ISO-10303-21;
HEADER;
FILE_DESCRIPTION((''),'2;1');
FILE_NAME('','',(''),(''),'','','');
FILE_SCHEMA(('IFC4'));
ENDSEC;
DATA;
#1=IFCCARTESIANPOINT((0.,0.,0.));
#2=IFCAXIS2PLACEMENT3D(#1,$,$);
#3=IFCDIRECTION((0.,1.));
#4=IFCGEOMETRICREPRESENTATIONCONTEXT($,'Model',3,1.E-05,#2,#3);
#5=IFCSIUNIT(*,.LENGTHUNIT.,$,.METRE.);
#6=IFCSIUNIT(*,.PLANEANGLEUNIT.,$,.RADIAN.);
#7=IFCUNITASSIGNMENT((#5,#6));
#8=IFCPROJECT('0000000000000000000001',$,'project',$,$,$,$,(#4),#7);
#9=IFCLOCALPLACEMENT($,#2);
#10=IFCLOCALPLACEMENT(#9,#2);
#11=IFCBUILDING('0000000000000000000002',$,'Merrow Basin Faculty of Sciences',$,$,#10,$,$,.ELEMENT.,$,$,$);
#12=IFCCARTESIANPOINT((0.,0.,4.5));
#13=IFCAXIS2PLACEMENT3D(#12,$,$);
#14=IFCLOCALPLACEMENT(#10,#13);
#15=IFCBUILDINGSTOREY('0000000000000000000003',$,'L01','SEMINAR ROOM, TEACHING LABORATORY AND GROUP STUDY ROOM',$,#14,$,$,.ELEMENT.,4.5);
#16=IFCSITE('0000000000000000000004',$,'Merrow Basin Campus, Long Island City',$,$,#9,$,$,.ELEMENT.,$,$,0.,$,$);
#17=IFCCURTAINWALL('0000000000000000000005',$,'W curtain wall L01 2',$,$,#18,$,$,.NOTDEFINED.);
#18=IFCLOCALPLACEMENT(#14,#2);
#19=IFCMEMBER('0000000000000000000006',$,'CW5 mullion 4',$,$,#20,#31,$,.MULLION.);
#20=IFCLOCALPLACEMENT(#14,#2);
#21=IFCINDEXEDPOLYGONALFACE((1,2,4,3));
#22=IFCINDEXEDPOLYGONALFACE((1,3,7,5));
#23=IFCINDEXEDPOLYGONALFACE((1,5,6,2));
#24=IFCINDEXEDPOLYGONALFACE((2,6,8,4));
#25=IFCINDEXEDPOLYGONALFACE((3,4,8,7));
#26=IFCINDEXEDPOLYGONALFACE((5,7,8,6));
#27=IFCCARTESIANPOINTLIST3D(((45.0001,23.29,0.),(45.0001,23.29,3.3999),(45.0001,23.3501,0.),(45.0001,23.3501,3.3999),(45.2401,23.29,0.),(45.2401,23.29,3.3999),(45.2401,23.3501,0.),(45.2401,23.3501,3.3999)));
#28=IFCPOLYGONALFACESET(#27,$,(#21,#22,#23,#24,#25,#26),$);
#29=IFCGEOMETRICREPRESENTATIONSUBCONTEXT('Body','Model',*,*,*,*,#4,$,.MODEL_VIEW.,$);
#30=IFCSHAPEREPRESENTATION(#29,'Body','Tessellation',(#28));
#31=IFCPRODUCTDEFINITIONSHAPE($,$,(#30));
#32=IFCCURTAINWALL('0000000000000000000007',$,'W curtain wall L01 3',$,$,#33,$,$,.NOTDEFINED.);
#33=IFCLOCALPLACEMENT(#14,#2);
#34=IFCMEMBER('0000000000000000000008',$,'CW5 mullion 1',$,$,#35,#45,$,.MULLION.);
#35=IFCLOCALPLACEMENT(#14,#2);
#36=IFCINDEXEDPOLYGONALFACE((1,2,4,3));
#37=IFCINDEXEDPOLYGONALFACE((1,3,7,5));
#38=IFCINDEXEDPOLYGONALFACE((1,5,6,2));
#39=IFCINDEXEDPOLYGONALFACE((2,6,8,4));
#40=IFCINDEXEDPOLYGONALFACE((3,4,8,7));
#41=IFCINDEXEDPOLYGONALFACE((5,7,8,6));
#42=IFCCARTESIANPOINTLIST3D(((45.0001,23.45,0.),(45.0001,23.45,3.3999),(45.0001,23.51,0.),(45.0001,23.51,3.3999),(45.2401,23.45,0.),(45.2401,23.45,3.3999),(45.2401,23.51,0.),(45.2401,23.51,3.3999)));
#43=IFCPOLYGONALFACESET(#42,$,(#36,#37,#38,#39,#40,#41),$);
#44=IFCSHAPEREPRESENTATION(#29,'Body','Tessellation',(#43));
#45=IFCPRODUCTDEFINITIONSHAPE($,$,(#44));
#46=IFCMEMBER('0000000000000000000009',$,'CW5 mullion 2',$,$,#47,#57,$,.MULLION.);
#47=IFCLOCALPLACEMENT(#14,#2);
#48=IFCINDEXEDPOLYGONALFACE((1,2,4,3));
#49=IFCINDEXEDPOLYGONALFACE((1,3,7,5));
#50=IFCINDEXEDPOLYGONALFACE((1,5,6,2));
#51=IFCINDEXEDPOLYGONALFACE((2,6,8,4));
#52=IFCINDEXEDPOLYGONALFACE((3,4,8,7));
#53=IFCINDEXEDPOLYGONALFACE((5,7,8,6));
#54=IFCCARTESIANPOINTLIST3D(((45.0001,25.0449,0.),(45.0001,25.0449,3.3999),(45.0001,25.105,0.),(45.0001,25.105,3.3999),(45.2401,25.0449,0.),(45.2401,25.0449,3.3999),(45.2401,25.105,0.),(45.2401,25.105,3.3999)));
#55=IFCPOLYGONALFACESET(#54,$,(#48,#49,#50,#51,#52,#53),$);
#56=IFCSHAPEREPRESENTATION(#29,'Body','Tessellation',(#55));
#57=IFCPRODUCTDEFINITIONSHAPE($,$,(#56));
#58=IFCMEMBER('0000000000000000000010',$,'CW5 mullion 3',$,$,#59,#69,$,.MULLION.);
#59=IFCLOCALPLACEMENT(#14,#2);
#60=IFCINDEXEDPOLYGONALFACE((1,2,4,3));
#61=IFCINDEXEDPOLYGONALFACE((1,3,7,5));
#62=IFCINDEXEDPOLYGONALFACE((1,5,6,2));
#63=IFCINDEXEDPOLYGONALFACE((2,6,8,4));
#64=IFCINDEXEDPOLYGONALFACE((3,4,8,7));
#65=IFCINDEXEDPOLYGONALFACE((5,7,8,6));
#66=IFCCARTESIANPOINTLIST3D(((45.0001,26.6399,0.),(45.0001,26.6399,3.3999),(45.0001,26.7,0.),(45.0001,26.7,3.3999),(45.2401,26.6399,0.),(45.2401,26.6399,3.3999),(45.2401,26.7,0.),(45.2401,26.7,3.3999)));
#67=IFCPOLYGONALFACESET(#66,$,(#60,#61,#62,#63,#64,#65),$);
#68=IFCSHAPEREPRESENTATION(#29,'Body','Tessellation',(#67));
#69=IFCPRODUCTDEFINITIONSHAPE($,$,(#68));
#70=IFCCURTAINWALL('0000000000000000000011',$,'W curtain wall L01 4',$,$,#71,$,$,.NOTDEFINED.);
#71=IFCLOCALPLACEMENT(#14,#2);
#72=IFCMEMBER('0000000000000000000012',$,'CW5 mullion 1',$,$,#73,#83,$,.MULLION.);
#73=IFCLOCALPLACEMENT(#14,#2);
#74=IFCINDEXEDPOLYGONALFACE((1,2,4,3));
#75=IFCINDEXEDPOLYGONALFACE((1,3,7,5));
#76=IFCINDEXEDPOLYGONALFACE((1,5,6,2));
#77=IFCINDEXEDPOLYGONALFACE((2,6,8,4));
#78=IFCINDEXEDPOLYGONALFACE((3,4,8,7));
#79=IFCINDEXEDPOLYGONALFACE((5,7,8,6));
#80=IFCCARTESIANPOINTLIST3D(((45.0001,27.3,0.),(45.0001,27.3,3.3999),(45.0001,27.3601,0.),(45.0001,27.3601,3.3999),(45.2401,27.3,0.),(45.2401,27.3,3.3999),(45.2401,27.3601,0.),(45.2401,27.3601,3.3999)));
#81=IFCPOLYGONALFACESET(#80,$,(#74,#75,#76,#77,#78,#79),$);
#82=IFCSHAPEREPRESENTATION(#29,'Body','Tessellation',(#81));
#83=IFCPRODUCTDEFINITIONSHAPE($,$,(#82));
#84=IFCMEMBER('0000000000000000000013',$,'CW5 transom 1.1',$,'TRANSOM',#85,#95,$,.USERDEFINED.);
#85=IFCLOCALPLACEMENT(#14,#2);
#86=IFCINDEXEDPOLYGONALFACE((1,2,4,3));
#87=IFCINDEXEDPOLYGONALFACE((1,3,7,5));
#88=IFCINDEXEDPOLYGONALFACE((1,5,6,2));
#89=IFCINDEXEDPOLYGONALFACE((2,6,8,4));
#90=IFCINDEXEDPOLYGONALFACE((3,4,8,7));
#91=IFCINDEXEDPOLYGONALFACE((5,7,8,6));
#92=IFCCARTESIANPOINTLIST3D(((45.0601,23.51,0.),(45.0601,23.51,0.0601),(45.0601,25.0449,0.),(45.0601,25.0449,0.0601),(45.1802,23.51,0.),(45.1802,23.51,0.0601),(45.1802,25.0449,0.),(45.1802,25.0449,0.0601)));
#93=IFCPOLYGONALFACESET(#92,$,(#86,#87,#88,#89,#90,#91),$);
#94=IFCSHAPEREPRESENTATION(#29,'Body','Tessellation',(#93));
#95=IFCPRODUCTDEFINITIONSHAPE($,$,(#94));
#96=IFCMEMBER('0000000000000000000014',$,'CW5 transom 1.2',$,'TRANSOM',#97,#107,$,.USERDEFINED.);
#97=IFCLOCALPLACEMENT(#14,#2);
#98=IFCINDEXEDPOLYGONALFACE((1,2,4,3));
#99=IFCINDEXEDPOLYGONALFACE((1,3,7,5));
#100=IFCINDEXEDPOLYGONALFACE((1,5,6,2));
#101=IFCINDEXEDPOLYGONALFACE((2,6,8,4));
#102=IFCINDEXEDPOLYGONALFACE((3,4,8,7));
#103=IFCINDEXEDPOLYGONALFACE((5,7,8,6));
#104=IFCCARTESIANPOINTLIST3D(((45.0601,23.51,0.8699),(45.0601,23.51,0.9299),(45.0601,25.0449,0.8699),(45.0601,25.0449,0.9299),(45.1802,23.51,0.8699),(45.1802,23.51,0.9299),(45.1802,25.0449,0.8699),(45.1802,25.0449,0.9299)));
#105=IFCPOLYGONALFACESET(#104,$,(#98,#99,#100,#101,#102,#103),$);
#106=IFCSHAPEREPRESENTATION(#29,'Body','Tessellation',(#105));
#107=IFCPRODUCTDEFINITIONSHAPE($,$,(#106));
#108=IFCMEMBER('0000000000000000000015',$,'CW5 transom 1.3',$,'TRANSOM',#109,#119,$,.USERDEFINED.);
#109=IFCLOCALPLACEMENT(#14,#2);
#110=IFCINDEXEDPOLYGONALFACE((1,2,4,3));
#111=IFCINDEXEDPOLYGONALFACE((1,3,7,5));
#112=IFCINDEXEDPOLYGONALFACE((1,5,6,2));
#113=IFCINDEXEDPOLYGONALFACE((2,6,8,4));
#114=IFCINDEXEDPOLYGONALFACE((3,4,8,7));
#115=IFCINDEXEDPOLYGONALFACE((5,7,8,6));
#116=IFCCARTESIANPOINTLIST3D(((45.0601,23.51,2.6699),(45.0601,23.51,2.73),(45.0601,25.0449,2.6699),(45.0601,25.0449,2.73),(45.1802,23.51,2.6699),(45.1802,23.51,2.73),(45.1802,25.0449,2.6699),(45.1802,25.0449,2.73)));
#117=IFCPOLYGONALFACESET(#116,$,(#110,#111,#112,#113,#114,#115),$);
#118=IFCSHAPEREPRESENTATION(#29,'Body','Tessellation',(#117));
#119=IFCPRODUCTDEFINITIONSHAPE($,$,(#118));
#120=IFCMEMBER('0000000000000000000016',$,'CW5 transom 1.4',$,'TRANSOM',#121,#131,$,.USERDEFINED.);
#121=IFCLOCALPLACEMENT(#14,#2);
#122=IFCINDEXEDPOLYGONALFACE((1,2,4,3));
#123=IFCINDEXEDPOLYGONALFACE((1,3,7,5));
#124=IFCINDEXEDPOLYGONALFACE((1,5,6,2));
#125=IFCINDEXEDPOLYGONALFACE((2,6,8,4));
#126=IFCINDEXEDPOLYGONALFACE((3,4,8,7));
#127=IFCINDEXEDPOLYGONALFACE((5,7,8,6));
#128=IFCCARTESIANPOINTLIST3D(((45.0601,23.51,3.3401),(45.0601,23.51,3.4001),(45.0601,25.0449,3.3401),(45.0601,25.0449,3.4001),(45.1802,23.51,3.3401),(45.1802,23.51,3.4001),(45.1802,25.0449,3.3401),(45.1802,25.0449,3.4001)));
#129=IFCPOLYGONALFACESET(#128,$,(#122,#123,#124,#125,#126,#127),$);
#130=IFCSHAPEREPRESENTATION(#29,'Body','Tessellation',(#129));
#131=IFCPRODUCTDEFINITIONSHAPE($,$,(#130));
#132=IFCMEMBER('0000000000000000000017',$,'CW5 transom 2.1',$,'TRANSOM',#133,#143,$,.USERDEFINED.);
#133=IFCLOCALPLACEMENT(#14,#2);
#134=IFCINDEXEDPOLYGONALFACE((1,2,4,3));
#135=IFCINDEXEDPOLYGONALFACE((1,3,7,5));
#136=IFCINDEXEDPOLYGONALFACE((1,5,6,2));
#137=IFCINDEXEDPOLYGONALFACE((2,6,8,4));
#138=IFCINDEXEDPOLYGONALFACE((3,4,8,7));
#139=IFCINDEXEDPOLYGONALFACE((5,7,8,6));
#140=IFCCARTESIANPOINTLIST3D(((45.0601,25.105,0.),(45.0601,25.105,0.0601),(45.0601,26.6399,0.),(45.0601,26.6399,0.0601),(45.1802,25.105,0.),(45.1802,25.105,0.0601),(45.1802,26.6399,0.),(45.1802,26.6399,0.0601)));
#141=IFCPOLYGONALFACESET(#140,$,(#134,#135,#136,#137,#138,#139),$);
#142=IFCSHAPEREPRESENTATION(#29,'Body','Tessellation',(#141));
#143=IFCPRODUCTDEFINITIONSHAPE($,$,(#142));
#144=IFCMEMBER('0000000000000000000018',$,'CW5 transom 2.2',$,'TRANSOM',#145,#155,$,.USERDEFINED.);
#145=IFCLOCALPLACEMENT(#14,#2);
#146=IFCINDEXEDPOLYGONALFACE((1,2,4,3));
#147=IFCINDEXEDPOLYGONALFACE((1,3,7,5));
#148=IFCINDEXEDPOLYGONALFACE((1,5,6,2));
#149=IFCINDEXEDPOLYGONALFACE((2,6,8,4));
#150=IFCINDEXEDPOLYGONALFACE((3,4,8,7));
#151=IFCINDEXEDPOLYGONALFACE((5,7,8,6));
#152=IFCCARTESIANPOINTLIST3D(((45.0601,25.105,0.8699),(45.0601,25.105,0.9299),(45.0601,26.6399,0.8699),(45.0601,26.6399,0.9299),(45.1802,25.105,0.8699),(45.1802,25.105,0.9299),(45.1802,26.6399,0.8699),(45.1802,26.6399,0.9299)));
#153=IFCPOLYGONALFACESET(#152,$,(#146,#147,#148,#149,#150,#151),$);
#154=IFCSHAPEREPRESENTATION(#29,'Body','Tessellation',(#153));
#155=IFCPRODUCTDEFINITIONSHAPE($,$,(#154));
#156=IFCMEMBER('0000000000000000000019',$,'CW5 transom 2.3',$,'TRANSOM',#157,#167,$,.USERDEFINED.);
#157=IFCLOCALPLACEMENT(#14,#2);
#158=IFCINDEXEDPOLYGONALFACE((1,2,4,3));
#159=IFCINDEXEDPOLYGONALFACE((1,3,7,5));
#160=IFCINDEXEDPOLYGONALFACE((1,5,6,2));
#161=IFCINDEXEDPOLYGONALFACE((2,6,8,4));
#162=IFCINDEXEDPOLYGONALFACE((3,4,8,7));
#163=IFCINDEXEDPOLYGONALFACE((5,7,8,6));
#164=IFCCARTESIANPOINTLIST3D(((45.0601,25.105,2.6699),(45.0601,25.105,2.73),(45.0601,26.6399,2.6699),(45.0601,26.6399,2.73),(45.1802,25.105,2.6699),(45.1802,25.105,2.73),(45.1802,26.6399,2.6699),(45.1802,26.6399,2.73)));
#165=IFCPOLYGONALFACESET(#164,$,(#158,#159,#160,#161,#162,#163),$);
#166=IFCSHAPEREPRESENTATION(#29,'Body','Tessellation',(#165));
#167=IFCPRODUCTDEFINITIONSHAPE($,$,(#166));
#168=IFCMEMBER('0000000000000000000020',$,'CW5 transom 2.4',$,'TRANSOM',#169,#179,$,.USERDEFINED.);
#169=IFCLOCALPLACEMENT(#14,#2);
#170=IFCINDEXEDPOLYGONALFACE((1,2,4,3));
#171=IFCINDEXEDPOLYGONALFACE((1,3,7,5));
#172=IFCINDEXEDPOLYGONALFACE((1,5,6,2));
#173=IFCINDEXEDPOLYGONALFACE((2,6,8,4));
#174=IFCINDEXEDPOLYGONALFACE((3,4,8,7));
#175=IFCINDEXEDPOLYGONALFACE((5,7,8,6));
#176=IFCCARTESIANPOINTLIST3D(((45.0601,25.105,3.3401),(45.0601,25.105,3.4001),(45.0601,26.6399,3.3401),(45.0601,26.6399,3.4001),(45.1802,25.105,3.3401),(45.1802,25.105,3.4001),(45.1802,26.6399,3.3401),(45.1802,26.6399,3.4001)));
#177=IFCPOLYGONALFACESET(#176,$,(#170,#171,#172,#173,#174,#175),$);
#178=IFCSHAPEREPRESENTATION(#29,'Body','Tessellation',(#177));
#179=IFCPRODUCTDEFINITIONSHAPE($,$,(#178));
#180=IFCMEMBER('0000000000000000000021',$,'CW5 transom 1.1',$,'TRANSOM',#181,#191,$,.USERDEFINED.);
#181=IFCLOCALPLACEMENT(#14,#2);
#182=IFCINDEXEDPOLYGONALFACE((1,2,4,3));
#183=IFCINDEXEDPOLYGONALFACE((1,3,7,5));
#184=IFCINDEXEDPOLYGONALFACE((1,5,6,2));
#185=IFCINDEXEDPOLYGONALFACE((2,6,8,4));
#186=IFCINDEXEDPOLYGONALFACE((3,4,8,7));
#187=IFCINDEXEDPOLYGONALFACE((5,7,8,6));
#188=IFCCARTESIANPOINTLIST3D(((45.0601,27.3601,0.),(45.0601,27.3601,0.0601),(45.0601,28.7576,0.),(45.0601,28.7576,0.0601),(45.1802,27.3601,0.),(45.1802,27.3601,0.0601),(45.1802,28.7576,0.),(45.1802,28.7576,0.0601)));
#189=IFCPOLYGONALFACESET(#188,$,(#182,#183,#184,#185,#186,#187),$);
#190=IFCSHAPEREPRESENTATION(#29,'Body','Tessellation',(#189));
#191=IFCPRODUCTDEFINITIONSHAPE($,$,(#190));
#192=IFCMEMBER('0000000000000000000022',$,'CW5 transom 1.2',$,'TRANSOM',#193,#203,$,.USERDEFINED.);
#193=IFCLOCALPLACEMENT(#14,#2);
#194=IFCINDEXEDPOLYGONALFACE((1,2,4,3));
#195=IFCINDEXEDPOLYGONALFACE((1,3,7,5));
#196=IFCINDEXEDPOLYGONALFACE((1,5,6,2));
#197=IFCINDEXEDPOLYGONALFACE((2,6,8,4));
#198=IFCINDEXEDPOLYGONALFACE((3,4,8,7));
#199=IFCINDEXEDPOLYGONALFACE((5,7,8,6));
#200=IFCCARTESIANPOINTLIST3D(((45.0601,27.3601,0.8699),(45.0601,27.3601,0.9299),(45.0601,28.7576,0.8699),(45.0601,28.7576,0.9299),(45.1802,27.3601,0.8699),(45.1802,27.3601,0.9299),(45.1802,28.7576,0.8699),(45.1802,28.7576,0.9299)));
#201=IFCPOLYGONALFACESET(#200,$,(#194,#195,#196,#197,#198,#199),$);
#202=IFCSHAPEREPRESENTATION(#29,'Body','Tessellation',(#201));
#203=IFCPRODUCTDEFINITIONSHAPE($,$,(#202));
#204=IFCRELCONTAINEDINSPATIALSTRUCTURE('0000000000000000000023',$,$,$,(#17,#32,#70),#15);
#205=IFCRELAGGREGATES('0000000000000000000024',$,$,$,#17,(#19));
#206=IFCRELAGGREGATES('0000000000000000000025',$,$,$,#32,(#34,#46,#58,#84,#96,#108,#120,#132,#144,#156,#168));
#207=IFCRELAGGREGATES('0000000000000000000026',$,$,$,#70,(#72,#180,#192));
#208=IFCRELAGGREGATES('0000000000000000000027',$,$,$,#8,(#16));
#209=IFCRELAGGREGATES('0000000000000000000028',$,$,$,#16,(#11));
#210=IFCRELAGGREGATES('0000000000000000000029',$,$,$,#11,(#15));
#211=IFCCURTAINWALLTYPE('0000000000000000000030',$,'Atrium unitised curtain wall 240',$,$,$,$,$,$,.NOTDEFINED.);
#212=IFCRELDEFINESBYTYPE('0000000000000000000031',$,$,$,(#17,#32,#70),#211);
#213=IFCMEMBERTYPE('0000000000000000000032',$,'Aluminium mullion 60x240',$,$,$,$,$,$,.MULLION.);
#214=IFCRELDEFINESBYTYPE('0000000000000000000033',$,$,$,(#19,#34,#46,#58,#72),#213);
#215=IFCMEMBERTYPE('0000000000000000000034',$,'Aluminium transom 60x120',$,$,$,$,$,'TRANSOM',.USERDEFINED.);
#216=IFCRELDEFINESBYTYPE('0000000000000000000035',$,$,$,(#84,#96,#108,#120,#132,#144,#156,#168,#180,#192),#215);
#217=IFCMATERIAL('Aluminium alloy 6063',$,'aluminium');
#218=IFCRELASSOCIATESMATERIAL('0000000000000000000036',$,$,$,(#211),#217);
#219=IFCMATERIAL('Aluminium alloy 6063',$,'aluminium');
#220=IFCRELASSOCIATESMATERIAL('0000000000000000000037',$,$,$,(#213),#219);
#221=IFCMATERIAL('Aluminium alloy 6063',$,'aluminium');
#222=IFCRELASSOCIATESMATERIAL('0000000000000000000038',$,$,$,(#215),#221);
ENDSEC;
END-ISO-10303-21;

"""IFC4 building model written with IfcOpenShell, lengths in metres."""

from ifc_helpers import new_model, si_unit, direction, frame, origin, origin_2d, place, context, subcontext, project, spatial, rectangle, extrude, material, material_profile, profile_set, type_object, element, aggregate, save


model = new_model("IFC4")

# Units and contexts
model_context = context("Model", 3, precision=1e-05, world=origin(), true_north=direction((0.0, 1.0)))
body_context = subcontext(model_context, "Body", "Model", "MODEL_VIEW")
ifc_project = project(units=[si_unit("LENGTHUNIT", "METRE"), si_unit("PLANEANGLEUNIT", "RADIAN")], contexts=[model_context])

# Site, building, storey
site_placement = place(None, origin())
site = spatial("IfcSite", under=ifc_project, at=site_placement, Name="Merrow Basin Campus, Long Island City", CompositionType="ELEMENT", RefElevation=0.0)
building_placement = place(site_placement, origin())
building = spatial("IfcBuilding", under=site, at=building_placement, Name="Merrow Basin Faculty of Sciences", CompositionType="ELEMENT")
storey_placement = place(building_placement, frame((0.0, 0.0, 4.5)))
storey = spatial("IfcBuildingStorey", under=building, at=storey_placement, Name="L01", Description="SEMINAR ROOM, TEACHING LABORATORY AND GROUP STUDY ROOM", CompositionType="ELEMENT", Elevation=4.5)

# Curtain wall, member
ifc_material_1 = material(Name="Aluminium alloy 6063", Category="aluminium")
curtain_wall_type = type_object("IfcCurtainWallType", Name="Atrium unitised curtain wall 240", PredefinedType="NOTDEFINED", material=ifc_material_1)
curtain_wall_1_placement = place(storey_placement, origin())
curtain_wall_1 = element("IfcCurtainWall", 1, at=curtain_wall_1_placement, inside=storey, type_object=curtain_wall_type, Name="W curtain wall L01 2", PredefinedType="NOTDEFINED")
ifc_material_2 = material(Name="Aluminium alloy 6063", Category="aluminium")
ifc_material_profile_1 = material_profile(ifc_material_2, rectangle(XDim=0.24, YDim=0.0601, at=origin_2d()))
ifc_profile_set_1 = profile_set([ifc_material_profile_1], Name="Aluminium alloy 6063")
member_type_1 = type_object("IfcMemberType", Name="Aluminium mullion 60x240", PredefinedType="MULLION", material=ifc_profile_set_1)
member_1_placement = place(storey_placement, frame((45.1201, 23.3201, 0.0), z_axis=(0.0, 0.0, 1.0), x_axis=(-1.0, 0.0, 0.0)))
member_1 = element("IfcMember", 2, at=member_1_placement, type_object=member_type_1, Name="CW5 mullion 4", PredefinedType="MULLION", context=body_context, shape_type="SweptSolid", body=[
    extrude(rectangle(XDim=0.24, YDim=0.0601, at=origin_2d()), origin(), (0.0, 0.0, 1.0), 3.3999),
])

# Curtain wall, members
curtain_wall_2_placement = place(storey_placement, origin())
curtain_wall_2 = element("IfcCurtainWall", 3, at=curtain_wall_2_placement, inside=storey, type_object=curtain_wall_type, Name="W curtain wall L01 3", PredefinedType="NOTDEFINED")
member_2_placement = place(storey_placement, frame((45.1201, 23.48, 0.0), z_axis=(0.0, 0.0, 1.0), x_axis=(-1.0, 0.0, 0.0)))
member_2 = element("IfcMember", 4, at=member_2_placement, type_object=member_type_1, Name="CW5 mullion 1", PredefinedType="MULLION", context=body_context, shape_type="SweptSolid", body=[
    extrude(rectangle(XDim=0.24, YDim=0.0601, at=origin_2d()), origin(), (0.0, 0.0, 1.0), 3.3999),
])
member_3_placement = place(storey_placement, frame((45.1201, 25.075, 0.0), z_axis=(0.0, 0.0, 1.0), x_axis=(-1.0, 0.0, 0.0)))
member_3 = element("IfcMember", 5, at=member_3_placement, type_object=member_type_1, Name="CW5 mullion 2", PredefinedType="MULLION", context=body_context, shape_type="SweptSolid", body=[
    extrude(rectangle(XDim=0.24, YDim=0.0601, at=origin_2d()), origin(), (0.0, 0.0, 1.0), 3.3999),
])
member_4_placement = place(storey_placement, frame((45.1201, 26.6699, 0.0), z_axis=(0.0, 0.0, 1.0), x_axis=(-1.0, 0.0, 0.0)))
member_4 = element("IfcMember", 6, at=member_4_placement, type_object=member_type_1, Name="CW5 mullion 3", PredefinedType="MULLION", context=body_context, shape_type="SweptSolid", body=[
    extrude(rectangle(XDim=0.24, YDim=0.0601, at=origin_2d()), origin(), (0.0, 0.0, 1.0), 3.3999),
])

# Curtain wall, member
curtain_wall_3_placement = place(storey_placement, origin())
curtain_wall_3 = element("IfcCurtainWall", 7, at=curtain_wall_3_placement, inside=storey, type_object=curtain_wall_type, Name="W curtain wall L01 4", PredefinedType="NOTDEFINED")
member_5_placement = place(storey_placement, frame((45.1201, 27.3301, 0.0), z_axis=(0.0, 0.0, 1.0), x_axis=(-1.0, 0.0, 0.0)))
member_5 = element("IfcMember", 8, at=member_5_placement, type_object=member_type_1, Name="CW5 mullion 1", PredefinedType="MULLION", context=body_context, shape_type="SweptSolid", body=[
    extrude(rectangle(XDim=0.24, YDim=0.0601, at=origin_2d()), origin(), (0.0, 0.0, 1.0), 3.3999),
])

# Members
ifc_material_3 = material(Name="Aluminium alloy 6063", Category="aluminium")
ifc_material_profile_2 = material_profile(ifc_material_3, rectangle(XDim=0.1201, YDim=0.0601, at=origin_2d()))
ifc_profile_set_2 = profile_set([ifc_material_profile_2], Name="Aluminium alloy 6063")
member_type_2 = type_object("IfcMemberType", Name="Aluminium transom 60x120", ElementType="TRANSOM", PredefinedType="USERDEFINED", material=ifc_profile_set_2)
member_6_placement = place(storey_placement, frame((45.1201, 23.51, 0.03), z_axis=(0.0, 1.0, 0.0), x_axis=(-1.0, 0.0, 0.0)))
member_6 = element("IfcMember", 9, at=member_6_placement, type_object=member_type_2, Name="CW5 transom 1.1", ObjectType="TRANSOM", PredefinedType="USERDEFINED", context=body_context, shape_type="SweptSolid", body=[
    extrude(rectangle(XDim=0.1201, YDim=0.0601, at=origin_2d()), origin(), (0.0, 0.0, 1.0), 1.5349),
])
member_7_placement = place(storey_placement, frame((45.1201, 23.51, 0.8999), z_axis=(0.0, 1.0, 0.0), x_axis=(-1.0, 0.0, 0.0)))
member_7 = element("IfcMember", 10, at=member_7_placement, type_object=member_type_2, Name="CW5 transom 1.2", ObjectType="TRANSOM", PredefinedType="USERDEFINED", context=body_context, shape_type="SweptSolid", body=[
    extrude(rectangle(XDim=0.1201, YDim=0.0601, at=origin_2d()), origin(), (0.0, 0.0, 1.0), 1.5349),
])
member_8_placement = place(storey_placement, frame((45.1201, 23.51, 2.7), z_axis=(0.0, 1.0, 0.0), x_axis=(-1.0, 0.0, 0.0)))
member_8 = element("IfcMember", 11, at=member_8_placement, type_object=member_type_2, Name="CW5 transom 1.3", ObjectType="TRANSOM", PredefinedType="USERDEFINED", context=body_context, shape_type="SweptSolid", body=[
    extrude(rectangle(XDim=0.1201, YDim=0.0601, at=origin_2d()), origin(), (0.0, 0.0, 1.0), 1.5349),
])
member_9_placement = place(storey_placement, frame((45.1201, 23.51, 3.3701), z_axis=(0.0, 1.0, 0.0), x_axis=(-1.0, 0.0, 0.0)))
member_9 = element("IfcMember", 12, at=member_9_placement, type_object=member_type_2, Name="CW5 transom 1.4", ObjectType="TRANSOM", PredefinedType="USERDEFINED", context=body_context, shape_type="SweptSolid", body=[
    extrude(rectangle(XDim=0.1201, YDim=0.0601, at=origin_2d()), origin(), (0.0, 0.0, 1.0), 1.5349),
])
member_10_placement = place(storey_placement, frame((45.1201, 25.105, 0.03), z_axis=(0.0, 1.0, 0.0), x_axis=(-1.0, 0.0, 0.0)))
member_10 = element("IfcMember", 13, at=member_10_placement, type_object=member_type_2, Name="CW5 transom 2.1", ObjectType="TRANSOM", PredefinedType="USERDEFINED", context=body_context, shape_type="SweptSolid", body=[
    extrude(rectangle(XDim=0.1201, YDim=0.0601, at=origin_2d()), origin(), (0.0, 0.0, 1.0), 1.5349),
])
member_11_placement = place(storey_placement, frame((45.1201, 25.105, 0.8999), z_axis=(0.0, 1.0, 0.0), x_axis=(-1.0, 0.0, 0.0)))
member_11 = element("IfcMember", 14, at=member_11_placement, type_object=member_type_2, Name="CW5 transom 2.2", ObjectType="TRANSOM", PredefinedType="USERDEFINED", context=body_context, shape_type="SweptSolid", body=[
    extrude(rectangle(XDim=0.1201, YDim=0.0601, at=origin_2d()), origin(), (0.0, 0.0, 1.0), 1.5349),
])
member_12_placement = place(storey_placement, frame((45.1201, 25.105, 2.7), z_axis=(0.0, 1.0, 0.0), x_axis=(-1.0, 0.0, 0.0)))
member_12 = element("IfcMember", 15, at=member_12_placement, type_object=member_type_2, Name="CW5 transom 2.3", ObjectType="TRANSOM", PredefinedType="USERDEFINED", context=body_context, shape_type="SweptSolid", body=[
    extrude(rectangle(XDim=0.1201, YDim=0.0601, at=origin_2d()), origin(), (0.0, 0.0, 1.0), 1.5349),
])
member_13_placement = place(storey_placement, frame((45.1201, 25.105, 3.3701), z_axis=(0.0, 1.0, 0.0), x_axis=(-1.0, 0.0, 0.0)))
member_13 = element("IfcMember", 16, at=member_13_placement, type_object=member_type_2, Name="CW5 transom 2.4", ObjectType="TRANSOM", PredefinedType="USERDEFINED", context=body_context, shape_type="SweptSolid", body=[
    extrude(rectangle(XDim=0.1201, YDim=0.0601, at=origin_2d()), origin(), (0.0, 0.0, 1.0), 1.5349),
])
member_14_placement = place(storey_placement, frame((45.1201, 27.3601, 0.03), z_axis=(0.0, 1.0, 0.0), x_axis=(-1.0, 0.0, 0.0)))
member_14 = element("IfcMember", 17, at=member_14_placement, type_object=member_type_2, Name="CW5 transom 1.1", ObjectType="TRANSOM", PredefinedType="USERDEFINED", context=body_context, shape_type="SweptSolid", body=[
    extrude(rectangle(XDim=0.1201, YDim=0.0601, at=origin_2d()), origin(), (0.0, 0.0, 1.0), 1.3975),
])
member_15_placement = place(storey_placement, frame((45.1201, 27.3601, 0.8999), z_axis=(0.0, 1.0, 0.0), x_axis=(-1.0, 0.0, 0.0)))
member_15 = element("IfcMember", 18, at=member_15_placement, type_object=member_type_2, Name="CW5 transom 1.2", ObjectType="TRANSOM", PredefinedType="USERDEFINED", context=body_context, shape_type="SweptSolid", body=[
    extrude(rectangle(XDim=0.1201, YDim=0.0601, at=origin_2d()), origin(), (0.0, 0.0, 1.0), 1.3975),
])

aggregate(curtain_wall_1, [member_1])
aggregate(curtain_wall_2, [member_2, member_3, member_4, member_6, member_7, member_8, member_9, member_10, member_11, member_12, member_13])
aggregate(curtain_wall_3, [member_5, member_14, member_15])

save(model, "model.ifc")
